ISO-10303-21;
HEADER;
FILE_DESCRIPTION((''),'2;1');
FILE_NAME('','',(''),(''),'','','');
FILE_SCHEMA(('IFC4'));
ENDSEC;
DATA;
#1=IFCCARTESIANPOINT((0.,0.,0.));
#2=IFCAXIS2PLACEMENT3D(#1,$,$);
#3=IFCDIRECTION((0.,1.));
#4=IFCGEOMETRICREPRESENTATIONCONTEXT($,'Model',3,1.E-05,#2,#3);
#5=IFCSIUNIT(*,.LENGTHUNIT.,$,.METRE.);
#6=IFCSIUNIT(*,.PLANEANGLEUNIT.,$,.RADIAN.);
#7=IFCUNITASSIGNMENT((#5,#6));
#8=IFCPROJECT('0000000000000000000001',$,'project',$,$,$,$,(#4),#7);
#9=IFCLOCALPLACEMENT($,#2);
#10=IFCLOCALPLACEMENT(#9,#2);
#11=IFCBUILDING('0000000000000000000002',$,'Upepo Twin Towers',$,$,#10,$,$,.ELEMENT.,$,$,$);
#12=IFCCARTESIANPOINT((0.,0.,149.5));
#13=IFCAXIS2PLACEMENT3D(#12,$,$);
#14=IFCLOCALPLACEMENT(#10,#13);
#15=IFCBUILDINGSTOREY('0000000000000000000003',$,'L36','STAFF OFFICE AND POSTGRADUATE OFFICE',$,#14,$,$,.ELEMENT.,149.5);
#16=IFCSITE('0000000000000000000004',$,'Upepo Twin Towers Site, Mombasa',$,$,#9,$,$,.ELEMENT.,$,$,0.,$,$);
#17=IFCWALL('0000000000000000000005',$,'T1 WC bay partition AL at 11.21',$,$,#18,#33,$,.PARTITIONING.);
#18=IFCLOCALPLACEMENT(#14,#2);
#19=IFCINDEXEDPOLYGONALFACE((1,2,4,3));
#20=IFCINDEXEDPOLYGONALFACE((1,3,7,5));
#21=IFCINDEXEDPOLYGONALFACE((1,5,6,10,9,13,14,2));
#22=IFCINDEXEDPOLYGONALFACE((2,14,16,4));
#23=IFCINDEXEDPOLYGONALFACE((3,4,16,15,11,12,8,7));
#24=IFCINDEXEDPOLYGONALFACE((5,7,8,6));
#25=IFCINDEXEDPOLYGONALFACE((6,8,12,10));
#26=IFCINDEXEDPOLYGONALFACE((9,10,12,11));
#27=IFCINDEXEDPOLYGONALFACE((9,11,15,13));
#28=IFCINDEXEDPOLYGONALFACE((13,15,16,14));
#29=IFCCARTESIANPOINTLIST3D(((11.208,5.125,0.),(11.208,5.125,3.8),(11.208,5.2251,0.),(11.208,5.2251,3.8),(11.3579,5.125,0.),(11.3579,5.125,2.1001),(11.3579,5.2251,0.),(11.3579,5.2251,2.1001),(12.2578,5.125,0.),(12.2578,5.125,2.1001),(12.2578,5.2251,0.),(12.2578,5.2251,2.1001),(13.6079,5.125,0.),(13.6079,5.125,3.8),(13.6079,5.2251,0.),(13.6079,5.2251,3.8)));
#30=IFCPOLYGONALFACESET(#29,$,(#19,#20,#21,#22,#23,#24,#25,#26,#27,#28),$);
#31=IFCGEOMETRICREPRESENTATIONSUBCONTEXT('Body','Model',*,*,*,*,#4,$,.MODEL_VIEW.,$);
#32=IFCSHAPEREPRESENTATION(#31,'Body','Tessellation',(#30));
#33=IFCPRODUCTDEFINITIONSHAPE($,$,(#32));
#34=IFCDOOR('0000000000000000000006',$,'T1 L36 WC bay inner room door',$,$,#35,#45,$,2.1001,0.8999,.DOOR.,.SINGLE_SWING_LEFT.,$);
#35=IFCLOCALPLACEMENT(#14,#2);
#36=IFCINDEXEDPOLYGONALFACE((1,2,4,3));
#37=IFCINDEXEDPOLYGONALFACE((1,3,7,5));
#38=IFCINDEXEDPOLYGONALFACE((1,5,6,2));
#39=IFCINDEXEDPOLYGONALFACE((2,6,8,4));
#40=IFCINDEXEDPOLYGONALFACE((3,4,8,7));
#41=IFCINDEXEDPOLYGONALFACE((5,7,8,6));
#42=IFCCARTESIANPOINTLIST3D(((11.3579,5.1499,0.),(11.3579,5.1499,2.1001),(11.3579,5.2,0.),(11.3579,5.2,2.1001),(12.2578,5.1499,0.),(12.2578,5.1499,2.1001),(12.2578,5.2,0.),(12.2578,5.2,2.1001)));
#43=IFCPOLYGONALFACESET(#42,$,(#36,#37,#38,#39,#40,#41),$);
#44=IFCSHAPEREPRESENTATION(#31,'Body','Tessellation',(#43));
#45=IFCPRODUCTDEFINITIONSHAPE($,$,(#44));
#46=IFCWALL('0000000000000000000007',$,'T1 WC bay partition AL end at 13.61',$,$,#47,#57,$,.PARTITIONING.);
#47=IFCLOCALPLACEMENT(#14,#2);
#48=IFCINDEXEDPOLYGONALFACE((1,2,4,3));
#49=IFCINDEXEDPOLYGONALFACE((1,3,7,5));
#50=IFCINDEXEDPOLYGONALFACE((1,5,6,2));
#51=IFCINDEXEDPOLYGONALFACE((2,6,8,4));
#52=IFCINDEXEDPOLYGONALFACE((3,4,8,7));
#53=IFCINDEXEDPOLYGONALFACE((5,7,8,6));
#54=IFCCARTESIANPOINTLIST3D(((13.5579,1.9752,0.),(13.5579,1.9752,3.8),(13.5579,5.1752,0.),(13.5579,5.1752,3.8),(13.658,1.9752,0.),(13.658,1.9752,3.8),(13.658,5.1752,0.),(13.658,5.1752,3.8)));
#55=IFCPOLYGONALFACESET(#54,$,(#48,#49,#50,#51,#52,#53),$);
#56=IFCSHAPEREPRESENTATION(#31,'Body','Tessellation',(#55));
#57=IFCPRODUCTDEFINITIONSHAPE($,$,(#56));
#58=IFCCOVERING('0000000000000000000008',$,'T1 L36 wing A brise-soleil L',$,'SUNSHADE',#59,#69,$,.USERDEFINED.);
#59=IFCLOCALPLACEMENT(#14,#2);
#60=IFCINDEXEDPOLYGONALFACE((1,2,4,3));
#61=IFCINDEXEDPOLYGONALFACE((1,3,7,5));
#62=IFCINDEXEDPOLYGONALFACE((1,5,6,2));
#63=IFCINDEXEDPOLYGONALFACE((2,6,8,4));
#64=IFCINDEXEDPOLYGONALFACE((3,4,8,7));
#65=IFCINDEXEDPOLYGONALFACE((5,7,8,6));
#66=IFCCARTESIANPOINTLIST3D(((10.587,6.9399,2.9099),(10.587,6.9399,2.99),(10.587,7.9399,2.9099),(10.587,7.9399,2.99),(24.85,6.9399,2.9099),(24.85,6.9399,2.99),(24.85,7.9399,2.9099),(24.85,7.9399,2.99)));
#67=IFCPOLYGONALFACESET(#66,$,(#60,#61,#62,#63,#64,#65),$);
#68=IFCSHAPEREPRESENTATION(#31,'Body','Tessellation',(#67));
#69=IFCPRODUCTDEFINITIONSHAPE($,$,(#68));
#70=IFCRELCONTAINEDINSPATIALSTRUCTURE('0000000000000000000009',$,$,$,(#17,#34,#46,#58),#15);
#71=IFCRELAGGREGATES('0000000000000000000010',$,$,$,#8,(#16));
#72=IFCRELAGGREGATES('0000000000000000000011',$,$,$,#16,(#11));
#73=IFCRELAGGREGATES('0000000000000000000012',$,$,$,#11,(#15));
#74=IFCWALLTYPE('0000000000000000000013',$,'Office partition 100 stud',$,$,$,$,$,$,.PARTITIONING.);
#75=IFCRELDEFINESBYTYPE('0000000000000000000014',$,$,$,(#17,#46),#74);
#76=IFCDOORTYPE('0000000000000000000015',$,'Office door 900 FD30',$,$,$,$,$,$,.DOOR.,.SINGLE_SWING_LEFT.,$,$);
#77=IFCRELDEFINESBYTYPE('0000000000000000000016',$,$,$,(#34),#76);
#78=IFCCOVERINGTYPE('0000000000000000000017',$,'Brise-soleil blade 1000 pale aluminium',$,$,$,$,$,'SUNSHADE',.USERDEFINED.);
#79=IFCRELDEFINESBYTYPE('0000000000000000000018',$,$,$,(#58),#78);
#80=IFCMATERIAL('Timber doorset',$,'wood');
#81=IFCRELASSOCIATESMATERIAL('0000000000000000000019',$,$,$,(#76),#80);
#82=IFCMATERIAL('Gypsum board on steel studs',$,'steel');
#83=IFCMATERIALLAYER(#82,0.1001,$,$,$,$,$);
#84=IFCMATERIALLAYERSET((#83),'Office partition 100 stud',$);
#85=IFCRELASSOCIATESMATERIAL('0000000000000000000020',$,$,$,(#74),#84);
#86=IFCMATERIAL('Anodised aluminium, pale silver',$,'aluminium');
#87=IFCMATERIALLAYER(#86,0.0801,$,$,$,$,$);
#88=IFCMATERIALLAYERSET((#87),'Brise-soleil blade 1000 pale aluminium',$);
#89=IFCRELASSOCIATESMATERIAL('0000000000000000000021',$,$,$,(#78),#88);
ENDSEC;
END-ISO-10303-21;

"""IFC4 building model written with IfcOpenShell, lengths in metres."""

from ifc_helpers import new_model, si_unit, direction, frame, frame_2d, origin, origin_2d, place, context, subcontext, project, spatial, rectangle, extrude, material, layer, layer_set, type_object, element, fill, save


model = new_model("IFC4")

# Units and contexts
model_context = context("Model", 3, precision=1e-05, world=origin(), true_north=direction((0.0, 1.0)))
body_context = subcontext(model_context, "Body", "Model", "MODEL_VIEW")
ifc_project = project(units=[si_unit("LENGTHUNIT", "METRE"), si_unit("PLANEANGLEUNIT", "RADIAN")], contexts=[model_context])

# Site, building, storey
site_placement = place(None, origin())
site = spatial("IfcSite", under=ifc_project, at=site_placement, Name="Upepo Twin Towers Site, Mombasa", CompositionType="ELEMENT", RefElevation=0.0)
building_placement = place(site_placement, origin())
building = spatial("IfcBuilding", under=site, at=building_placement, Name="Upepo Twin Towers", CompositionType="ELEMENT")
storey_placement = place(building_placement, frame((0.0, 0.0, 149.5)))
storey = spatial("IfcBuildingStorey", under=building, at=storey_placement, Name="L36", Description="STAFF OFFICE AND POSTGRADUATE OFFICE", CompositionType="ELEMENT", Elevation=149.5)

# Shared definitions
ifc_material_1 = material(Name="Timber doorset", Category="wood")
door_type_1 = type_object("IfcDoorType", Name="Office door 900 FD30", OperationType="SINGLE_SWING_LEFT", PredefinedType="DOOR", material=ifc_material_1)

# Shared definitions
ifc_material_2 = material(Name="Gypsum board on steel studs", Category="steel")
ifc_layer_1 = layer(ifc_material_2, 0.1001)
ifc_layer_set_1 = layer_set([ifc_layer_1], Name="Office partition 100 stud")
wall_type_1 = type_object("IfcWallType", Name="Office partition 100 stud", PredefinedType="PARTITIONING", material=ifc_layer_set_1)

# Wall, opening, door
wall_1_placement = place(storey_placement, frame((11.208, 5.175, 0.0), z_axis=(0.0, 0.0, 1.0), x_axis=(1.0, 0.0, 0.0)))
wall_1 = element("IfcWall", 1, at=wall_1_placement, inside=storey, type_object=wall_type_1, Name="T1 WC bay partition AL at 11.21", PredefinedType="PARTITIONING", context=body_context, shape_type="SweptSolid", body=[
    extrude(rectangle(XDim=2.3999, YDim=0.1001, at=frame_2d((1.2, 0.0))), origin(), (0.0, 0.0, 1.0), 3.8),
])
opening_1_placement = place(wall_1_placement, frame((0.1499, 0.0, 0.0)))
opening_1 = element("IfcOpeningElement", 2, at=opening_1_placement, cuts=wall_1, PredefinedType="OPENING", context=body_context, shape_type="SweptSolid", body=[
    extrude(rectangle(XDim=0.8999, YDim=2.1001, at=frame_2d((0.45, 1.05))), frame((0.0, 0.0601, 0.0), z_axis=(0.0, -1.0, 0.0), x_axis=(1.0, 0.0, 0.0)), (0.0, 0.0, 1.0), 0.1201),
])
door_1_placement = place(opening_1_placement, origin())
door_1 = element("IfcDoor", 3, at=door_1_placement, inside=storey, type_object=door_type_1, Name="T1 L36 WC bay inner room door", OperationType="SINGLE_SWING_LEFT", OverallHeight=2.1001, OverallWidth=0.8999, PredefinedType="DOOR", context=body_context, shape_type="SweptSolid", body=[
    extrude(rectangle(XDim=0.8999, YDim=2.1001, at=frame_2d((0.45, 1.05))), frame((0.0, 0.0249, 0.0), z_axis=(0.0, -1.0, 0.0), x_axis=(1.0, 0.0, 0.0)), (0.0, 0.0, 1.0), 0.05),
])
fill(opening_1, door_1)

# Wall
wall_2_placement = place(storey_placement, frame((13.6079, 1.9751, 0.0), z_axis=(0.0, 0.0, 1.0), x_axis=(0.0, 1.0, 0.0)))
element("IfcWall", 4, at=wall_2_placement, inside=storey, type_object=wall_type_1, Name="T1 WC bay partition AL end at 13.61", PredefinedType="PARTITIONING", context=body_context, shape_type="SweptSolid", body=[
    extrude(rectangle(XDim=3.2, YDim=0.1001, at=frame_2d((1.6001, 0.0))), origin(), (0.0, 0.0, 1.0), 3.8),
])

# Covering
ifc_material_3 = material(Name="Anodised aluminium, pale silver", Category="aluminium")
ifc_layer_2 = layer(ifc_material_3, 0.0801)
ifc_layer_set_2 = layer_set([ifc_layer_2], Name="Brise-soleil blade 1000 pale aluminium")
covering_type = type_object("IfcCoveringType", Name="Brise-soleil blade 1000 pale aluminium", ElementType="SUNSHADE", PredefinedType="USERDEFINED", material=ifc_layer_set_2)
covering_placement = place(storey_placement, frame((17.7185, 7.4399, 2.9099), z_axis=(0.0, 0.0, 1.0), x_axis=(1.0, 0.0, 0.0)))
element("IfcCovering", 5, at=covering_placement, inside=storey, type_object=covering_type, Name="T1 L36 wing A brise-soleil L", ObjectType="SUNSHADE", PredefinedType="USERDEFINED", context=body_context, shape_type="SweptSolid", body=[
    extrude(rectangle(XDim=14.2629, YDim=1.0, at=origin_2d()), origin(), (0.0, 0.0, 1.0), 0.0801),
])

save(model, "model.ifc")
